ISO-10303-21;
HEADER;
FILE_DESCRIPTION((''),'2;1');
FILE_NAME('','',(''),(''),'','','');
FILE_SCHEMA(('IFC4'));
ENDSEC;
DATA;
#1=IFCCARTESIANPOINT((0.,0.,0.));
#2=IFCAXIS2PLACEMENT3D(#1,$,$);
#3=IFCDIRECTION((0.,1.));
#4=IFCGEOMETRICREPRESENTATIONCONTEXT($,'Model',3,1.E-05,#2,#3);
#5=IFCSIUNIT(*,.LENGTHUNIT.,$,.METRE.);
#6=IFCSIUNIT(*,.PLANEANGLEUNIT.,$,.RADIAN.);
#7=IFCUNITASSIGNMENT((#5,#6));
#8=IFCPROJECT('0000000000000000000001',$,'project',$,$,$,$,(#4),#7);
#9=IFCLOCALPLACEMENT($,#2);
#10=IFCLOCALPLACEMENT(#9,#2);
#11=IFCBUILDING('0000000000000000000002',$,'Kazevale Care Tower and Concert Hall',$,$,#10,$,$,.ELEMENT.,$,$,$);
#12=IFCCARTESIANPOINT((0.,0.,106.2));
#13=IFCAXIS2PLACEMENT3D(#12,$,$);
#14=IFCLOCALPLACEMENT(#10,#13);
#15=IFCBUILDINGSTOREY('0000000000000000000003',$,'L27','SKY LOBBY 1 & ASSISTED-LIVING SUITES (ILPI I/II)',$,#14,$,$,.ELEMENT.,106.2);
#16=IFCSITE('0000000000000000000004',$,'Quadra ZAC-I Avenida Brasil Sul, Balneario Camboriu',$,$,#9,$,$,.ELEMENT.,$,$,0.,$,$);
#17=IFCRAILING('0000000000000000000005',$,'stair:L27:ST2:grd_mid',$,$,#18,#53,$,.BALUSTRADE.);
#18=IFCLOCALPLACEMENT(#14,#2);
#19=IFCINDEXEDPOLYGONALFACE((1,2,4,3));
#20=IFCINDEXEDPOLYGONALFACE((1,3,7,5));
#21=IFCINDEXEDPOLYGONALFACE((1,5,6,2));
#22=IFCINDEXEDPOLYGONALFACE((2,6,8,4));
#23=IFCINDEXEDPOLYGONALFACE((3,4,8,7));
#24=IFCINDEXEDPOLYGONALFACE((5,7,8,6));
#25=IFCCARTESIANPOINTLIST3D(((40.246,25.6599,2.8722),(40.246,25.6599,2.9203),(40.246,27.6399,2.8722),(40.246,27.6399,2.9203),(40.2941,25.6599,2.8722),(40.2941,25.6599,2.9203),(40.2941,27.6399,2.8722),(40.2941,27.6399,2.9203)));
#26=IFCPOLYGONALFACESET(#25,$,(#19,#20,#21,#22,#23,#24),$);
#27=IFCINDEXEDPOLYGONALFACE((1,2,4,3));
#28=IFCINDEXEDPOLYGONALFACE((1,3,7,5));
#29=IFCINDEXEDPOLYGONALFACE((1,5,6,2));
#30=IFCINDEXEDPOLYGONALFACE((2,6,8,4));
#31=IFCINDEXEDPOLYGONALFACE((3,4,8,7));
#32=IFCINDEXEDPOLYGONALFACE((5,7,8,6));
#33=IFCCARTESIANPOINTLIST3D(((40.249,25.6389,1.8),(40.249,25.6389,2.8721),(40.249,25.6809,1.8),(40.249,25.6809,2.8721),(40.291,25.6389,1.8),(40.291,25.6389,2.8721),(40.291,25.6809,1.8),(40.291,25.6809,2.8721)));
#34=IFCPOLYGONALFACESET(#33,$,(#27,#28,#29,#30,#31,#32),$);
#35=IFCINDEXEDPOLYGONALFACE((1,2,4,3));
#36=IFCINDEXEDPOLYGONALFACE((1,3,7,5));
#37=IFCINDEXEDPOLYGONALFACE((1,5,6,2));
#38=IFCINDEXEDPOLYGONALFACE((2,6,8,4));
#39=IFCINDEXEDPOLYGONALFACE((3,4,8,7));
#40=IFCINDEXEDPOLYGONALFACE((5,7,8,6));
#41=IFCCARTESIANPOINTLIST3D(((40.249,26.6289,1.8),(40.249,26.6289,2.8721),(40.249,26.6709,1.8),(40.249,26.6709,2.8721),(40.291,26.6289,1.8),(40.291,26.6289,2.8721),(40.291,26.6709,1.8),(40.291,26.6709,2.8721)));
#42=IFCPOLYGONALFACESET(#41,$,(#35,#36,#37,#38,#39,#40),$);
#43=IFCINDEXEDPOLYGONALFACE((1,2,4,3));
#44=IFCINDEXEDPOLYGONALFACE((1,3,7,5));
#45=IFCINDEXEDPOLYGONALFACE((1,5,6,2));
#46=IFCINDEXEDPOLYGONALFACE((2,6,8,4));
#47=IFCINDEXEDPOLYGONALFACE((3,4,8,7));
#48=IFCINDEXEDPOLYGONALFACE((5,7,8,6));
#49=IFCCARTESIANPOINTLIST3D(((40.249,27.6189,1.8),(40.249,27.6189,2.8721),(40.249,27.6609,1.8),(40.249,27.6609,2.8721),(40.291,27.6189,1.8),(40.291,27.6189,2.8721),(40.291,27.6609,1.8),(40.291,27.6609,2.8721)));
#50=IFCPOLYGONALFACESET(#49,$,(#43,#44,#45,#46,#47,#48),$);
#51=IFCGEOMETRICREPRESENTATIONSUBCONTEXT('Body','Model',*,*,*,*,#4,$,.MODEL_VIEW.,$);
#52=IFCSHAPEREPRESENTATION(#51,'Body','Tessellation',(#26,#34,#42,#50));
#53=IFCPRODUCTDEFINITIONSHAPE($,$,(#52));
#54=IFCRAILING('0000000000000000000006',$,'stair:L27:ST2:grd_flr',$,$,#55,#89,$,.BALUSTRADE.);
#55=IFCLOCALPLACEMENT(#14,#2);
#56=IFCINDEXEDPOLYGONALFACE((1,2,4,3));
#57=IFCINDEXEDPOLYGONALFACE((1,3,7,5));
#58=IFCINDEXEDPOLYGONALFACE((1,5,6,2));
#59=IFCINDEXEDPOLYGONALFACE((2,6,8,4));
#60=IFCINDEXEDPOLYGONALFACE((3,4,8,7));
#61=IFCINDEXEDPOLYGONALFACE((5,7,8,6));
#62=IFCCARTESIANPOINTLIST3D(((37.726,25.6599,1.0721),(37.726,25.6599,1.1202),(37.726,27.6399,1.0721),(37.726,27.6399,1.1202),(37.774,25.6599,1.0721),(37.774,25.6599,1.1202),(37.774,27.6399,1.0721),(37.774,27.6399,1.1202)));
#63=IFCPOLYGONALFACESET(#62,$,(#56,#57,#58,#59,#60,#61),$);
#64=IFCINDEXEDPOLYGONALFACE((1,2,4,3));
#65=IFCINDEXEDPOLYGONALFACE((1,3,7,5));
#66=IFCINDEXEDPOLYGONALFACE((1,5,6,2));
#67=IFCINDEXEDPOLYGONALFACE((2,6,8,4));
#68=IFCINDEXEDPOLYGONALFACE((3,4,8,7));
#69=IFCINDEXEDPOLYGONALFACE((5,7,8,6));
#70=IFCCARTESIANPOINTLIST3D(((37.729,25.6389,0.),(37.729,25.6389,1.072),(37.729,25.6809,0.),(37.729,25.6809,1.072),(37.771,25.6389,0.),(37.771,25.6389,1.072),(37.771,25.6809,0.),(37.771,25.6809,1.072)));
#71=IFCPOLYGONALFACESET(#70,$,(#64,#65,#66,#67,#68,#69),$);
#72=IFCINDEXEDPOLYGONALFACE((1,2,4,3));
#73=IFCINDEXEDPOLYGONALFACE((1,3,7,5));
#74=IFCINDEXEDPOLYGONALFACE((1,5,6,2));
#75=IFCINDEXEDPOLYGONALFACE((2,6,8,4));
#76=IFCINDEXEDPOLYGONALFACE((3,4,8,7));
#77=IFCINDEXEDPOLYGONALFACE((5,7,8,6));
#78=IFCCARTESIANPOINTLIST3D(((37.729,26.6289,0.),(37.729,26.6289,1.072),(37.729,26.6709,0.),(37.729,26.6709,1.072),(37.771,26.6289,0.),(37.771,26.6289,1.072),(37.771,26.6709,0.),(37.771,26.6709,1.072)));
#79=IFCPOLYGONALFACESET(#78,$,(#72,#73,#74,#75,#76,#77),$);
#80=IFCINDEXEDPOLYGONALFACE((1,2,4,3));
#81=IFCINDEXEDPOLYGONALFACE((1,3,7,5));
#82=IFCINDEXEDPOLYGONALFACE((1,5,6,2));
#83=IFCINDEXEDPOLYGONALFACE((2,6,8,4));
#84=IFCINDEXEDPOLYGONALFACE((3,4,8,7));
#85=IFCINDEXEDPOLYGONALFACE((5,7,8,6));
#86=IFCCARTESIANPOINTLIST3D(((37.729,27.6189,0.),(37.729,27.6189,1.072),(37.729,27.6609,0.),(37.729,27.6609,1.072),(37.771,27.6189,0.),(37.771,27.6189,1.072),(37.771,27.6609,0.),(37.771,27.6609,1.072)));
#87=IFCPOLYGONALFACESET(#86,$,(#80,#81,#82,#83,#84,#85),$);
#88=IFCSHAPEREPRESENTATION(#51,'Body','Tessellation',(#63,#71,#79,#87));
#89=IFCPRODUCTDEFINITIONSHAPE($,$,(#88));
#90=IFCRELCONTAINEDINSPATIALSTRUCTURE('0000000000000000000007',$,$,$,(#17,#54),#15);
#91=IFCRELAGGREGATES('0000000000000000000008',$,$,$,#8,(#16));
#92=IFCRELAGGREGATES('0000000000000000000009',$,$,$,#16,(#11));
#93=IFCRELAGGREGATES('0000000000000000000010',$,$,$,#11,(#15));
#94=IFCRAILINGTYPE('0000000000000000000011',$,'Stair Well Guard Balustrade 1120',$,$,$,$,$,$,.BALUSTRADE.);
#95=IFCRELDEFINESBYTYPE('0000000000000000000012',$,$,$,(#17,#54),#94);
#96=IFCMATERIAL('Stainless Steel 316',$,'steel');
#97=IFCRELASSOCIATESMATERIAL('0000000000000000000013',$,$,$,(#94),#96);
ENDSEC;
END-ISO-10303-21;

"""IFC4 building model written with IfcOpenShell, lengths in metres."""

from ifc_helpers import new_model, si_unit, direction, frame, origin, origin_2d, place, context, subcontext, project, spatial, rectangle, extrude, material, type_object, element, save


model = new_model("IFC4")

# Units and contexts
model_context = context("Model", 3, precision=1e-05, world=origin(), true_north=direction((0.0, 1.0)))
body_context = subcontext(model_context, "Body", "Model", "MODEL_VIEW")
ifc_project = project(units=[si_unit("LENGTHUNIT", "METRE"), si_unit("PLANEANGLEUNIT", "RADIAN")], contexts=[model_context])

# Site, building, storey
site_placement = place(None, origin())
site = spatial("IfcSite", under=ifc_project, at=site_placement, Name="Quadra ZAC-I Avenida Brasil Sul, Balneario Camboriu", CompositionType="ELEMENT", RefElevation=0.0)
building_placement = place(site_placement, origin())
building = spatial("IfcBuilding", under=site, at=building_placement, Name="Kazevale Care Tower and Concert Hall", CompositionType="ELEMENT")
storey_placement = place(building_placement, frame((0.0, 0.0, 106.2)))
storey = spatial("IfcBuildingStorey", under=building, at=storey_placement, Name="L27", Description="SKY LOBBY 1 & ASSISTED-LIVING SUITES (ILPI I/II)", CompositionType="ELEMENT", Elevation=106.2)

# Railings
ifc_material_1 = material(Name="Stainless Steel 316", Category="steel")
railing_type_1 = type_object("IfcRailingType", Name="Stair Well Guard Balustrade 1120", PredefinedType="BALUSTRADE", material=ifc_material_1)
for number, where, name in (
    (1, (40.27, 25.6599, 1.8), "stair:L27:ST2:grd_mid"),
    (2, (37.75, 25.6599, 0.0), "stair:L27:ST2:grd_flr"),
):
    element("IfcRailing", number, at=place(storey_placement, frame(where)), inside=storey, type_object=railing_type_1, Name=name, PredefinedType="BALUSTRADE", context=body_context, shape_type="SweptSolid", body=[
        extrude(rectangle(XDim=0.0481, YDim=0.0481, at=origin_2d()), frame((0.0, 0.0, 1.0962), z_axis=(0.0, 1.0, 0.0), x_axis=(-1.0, 0.0, 0.0)), (0.0, 0.0, 1.0), 1.98),
        extrude(rectangle(XDim=0.042, YDim=0.042, at=origin_2d()), origin(), (0.0, 0.0, 1.0), 1.072),
        extrude(rectangle(XDim=0.042, YDim=0.042, at=origin_2d()), frame((0.0, 0.99, 0.0)), (0.0, 0.0, 1.0), 1.072),
        extrude(rectangle(XDim=0.042, YDim=0.042, at=origin_2d()), frame((0.0, 1.98, 0.0)), (0.0, 0.0, 1.0), 1.072),
    ])

save(model, "model.ifc")
